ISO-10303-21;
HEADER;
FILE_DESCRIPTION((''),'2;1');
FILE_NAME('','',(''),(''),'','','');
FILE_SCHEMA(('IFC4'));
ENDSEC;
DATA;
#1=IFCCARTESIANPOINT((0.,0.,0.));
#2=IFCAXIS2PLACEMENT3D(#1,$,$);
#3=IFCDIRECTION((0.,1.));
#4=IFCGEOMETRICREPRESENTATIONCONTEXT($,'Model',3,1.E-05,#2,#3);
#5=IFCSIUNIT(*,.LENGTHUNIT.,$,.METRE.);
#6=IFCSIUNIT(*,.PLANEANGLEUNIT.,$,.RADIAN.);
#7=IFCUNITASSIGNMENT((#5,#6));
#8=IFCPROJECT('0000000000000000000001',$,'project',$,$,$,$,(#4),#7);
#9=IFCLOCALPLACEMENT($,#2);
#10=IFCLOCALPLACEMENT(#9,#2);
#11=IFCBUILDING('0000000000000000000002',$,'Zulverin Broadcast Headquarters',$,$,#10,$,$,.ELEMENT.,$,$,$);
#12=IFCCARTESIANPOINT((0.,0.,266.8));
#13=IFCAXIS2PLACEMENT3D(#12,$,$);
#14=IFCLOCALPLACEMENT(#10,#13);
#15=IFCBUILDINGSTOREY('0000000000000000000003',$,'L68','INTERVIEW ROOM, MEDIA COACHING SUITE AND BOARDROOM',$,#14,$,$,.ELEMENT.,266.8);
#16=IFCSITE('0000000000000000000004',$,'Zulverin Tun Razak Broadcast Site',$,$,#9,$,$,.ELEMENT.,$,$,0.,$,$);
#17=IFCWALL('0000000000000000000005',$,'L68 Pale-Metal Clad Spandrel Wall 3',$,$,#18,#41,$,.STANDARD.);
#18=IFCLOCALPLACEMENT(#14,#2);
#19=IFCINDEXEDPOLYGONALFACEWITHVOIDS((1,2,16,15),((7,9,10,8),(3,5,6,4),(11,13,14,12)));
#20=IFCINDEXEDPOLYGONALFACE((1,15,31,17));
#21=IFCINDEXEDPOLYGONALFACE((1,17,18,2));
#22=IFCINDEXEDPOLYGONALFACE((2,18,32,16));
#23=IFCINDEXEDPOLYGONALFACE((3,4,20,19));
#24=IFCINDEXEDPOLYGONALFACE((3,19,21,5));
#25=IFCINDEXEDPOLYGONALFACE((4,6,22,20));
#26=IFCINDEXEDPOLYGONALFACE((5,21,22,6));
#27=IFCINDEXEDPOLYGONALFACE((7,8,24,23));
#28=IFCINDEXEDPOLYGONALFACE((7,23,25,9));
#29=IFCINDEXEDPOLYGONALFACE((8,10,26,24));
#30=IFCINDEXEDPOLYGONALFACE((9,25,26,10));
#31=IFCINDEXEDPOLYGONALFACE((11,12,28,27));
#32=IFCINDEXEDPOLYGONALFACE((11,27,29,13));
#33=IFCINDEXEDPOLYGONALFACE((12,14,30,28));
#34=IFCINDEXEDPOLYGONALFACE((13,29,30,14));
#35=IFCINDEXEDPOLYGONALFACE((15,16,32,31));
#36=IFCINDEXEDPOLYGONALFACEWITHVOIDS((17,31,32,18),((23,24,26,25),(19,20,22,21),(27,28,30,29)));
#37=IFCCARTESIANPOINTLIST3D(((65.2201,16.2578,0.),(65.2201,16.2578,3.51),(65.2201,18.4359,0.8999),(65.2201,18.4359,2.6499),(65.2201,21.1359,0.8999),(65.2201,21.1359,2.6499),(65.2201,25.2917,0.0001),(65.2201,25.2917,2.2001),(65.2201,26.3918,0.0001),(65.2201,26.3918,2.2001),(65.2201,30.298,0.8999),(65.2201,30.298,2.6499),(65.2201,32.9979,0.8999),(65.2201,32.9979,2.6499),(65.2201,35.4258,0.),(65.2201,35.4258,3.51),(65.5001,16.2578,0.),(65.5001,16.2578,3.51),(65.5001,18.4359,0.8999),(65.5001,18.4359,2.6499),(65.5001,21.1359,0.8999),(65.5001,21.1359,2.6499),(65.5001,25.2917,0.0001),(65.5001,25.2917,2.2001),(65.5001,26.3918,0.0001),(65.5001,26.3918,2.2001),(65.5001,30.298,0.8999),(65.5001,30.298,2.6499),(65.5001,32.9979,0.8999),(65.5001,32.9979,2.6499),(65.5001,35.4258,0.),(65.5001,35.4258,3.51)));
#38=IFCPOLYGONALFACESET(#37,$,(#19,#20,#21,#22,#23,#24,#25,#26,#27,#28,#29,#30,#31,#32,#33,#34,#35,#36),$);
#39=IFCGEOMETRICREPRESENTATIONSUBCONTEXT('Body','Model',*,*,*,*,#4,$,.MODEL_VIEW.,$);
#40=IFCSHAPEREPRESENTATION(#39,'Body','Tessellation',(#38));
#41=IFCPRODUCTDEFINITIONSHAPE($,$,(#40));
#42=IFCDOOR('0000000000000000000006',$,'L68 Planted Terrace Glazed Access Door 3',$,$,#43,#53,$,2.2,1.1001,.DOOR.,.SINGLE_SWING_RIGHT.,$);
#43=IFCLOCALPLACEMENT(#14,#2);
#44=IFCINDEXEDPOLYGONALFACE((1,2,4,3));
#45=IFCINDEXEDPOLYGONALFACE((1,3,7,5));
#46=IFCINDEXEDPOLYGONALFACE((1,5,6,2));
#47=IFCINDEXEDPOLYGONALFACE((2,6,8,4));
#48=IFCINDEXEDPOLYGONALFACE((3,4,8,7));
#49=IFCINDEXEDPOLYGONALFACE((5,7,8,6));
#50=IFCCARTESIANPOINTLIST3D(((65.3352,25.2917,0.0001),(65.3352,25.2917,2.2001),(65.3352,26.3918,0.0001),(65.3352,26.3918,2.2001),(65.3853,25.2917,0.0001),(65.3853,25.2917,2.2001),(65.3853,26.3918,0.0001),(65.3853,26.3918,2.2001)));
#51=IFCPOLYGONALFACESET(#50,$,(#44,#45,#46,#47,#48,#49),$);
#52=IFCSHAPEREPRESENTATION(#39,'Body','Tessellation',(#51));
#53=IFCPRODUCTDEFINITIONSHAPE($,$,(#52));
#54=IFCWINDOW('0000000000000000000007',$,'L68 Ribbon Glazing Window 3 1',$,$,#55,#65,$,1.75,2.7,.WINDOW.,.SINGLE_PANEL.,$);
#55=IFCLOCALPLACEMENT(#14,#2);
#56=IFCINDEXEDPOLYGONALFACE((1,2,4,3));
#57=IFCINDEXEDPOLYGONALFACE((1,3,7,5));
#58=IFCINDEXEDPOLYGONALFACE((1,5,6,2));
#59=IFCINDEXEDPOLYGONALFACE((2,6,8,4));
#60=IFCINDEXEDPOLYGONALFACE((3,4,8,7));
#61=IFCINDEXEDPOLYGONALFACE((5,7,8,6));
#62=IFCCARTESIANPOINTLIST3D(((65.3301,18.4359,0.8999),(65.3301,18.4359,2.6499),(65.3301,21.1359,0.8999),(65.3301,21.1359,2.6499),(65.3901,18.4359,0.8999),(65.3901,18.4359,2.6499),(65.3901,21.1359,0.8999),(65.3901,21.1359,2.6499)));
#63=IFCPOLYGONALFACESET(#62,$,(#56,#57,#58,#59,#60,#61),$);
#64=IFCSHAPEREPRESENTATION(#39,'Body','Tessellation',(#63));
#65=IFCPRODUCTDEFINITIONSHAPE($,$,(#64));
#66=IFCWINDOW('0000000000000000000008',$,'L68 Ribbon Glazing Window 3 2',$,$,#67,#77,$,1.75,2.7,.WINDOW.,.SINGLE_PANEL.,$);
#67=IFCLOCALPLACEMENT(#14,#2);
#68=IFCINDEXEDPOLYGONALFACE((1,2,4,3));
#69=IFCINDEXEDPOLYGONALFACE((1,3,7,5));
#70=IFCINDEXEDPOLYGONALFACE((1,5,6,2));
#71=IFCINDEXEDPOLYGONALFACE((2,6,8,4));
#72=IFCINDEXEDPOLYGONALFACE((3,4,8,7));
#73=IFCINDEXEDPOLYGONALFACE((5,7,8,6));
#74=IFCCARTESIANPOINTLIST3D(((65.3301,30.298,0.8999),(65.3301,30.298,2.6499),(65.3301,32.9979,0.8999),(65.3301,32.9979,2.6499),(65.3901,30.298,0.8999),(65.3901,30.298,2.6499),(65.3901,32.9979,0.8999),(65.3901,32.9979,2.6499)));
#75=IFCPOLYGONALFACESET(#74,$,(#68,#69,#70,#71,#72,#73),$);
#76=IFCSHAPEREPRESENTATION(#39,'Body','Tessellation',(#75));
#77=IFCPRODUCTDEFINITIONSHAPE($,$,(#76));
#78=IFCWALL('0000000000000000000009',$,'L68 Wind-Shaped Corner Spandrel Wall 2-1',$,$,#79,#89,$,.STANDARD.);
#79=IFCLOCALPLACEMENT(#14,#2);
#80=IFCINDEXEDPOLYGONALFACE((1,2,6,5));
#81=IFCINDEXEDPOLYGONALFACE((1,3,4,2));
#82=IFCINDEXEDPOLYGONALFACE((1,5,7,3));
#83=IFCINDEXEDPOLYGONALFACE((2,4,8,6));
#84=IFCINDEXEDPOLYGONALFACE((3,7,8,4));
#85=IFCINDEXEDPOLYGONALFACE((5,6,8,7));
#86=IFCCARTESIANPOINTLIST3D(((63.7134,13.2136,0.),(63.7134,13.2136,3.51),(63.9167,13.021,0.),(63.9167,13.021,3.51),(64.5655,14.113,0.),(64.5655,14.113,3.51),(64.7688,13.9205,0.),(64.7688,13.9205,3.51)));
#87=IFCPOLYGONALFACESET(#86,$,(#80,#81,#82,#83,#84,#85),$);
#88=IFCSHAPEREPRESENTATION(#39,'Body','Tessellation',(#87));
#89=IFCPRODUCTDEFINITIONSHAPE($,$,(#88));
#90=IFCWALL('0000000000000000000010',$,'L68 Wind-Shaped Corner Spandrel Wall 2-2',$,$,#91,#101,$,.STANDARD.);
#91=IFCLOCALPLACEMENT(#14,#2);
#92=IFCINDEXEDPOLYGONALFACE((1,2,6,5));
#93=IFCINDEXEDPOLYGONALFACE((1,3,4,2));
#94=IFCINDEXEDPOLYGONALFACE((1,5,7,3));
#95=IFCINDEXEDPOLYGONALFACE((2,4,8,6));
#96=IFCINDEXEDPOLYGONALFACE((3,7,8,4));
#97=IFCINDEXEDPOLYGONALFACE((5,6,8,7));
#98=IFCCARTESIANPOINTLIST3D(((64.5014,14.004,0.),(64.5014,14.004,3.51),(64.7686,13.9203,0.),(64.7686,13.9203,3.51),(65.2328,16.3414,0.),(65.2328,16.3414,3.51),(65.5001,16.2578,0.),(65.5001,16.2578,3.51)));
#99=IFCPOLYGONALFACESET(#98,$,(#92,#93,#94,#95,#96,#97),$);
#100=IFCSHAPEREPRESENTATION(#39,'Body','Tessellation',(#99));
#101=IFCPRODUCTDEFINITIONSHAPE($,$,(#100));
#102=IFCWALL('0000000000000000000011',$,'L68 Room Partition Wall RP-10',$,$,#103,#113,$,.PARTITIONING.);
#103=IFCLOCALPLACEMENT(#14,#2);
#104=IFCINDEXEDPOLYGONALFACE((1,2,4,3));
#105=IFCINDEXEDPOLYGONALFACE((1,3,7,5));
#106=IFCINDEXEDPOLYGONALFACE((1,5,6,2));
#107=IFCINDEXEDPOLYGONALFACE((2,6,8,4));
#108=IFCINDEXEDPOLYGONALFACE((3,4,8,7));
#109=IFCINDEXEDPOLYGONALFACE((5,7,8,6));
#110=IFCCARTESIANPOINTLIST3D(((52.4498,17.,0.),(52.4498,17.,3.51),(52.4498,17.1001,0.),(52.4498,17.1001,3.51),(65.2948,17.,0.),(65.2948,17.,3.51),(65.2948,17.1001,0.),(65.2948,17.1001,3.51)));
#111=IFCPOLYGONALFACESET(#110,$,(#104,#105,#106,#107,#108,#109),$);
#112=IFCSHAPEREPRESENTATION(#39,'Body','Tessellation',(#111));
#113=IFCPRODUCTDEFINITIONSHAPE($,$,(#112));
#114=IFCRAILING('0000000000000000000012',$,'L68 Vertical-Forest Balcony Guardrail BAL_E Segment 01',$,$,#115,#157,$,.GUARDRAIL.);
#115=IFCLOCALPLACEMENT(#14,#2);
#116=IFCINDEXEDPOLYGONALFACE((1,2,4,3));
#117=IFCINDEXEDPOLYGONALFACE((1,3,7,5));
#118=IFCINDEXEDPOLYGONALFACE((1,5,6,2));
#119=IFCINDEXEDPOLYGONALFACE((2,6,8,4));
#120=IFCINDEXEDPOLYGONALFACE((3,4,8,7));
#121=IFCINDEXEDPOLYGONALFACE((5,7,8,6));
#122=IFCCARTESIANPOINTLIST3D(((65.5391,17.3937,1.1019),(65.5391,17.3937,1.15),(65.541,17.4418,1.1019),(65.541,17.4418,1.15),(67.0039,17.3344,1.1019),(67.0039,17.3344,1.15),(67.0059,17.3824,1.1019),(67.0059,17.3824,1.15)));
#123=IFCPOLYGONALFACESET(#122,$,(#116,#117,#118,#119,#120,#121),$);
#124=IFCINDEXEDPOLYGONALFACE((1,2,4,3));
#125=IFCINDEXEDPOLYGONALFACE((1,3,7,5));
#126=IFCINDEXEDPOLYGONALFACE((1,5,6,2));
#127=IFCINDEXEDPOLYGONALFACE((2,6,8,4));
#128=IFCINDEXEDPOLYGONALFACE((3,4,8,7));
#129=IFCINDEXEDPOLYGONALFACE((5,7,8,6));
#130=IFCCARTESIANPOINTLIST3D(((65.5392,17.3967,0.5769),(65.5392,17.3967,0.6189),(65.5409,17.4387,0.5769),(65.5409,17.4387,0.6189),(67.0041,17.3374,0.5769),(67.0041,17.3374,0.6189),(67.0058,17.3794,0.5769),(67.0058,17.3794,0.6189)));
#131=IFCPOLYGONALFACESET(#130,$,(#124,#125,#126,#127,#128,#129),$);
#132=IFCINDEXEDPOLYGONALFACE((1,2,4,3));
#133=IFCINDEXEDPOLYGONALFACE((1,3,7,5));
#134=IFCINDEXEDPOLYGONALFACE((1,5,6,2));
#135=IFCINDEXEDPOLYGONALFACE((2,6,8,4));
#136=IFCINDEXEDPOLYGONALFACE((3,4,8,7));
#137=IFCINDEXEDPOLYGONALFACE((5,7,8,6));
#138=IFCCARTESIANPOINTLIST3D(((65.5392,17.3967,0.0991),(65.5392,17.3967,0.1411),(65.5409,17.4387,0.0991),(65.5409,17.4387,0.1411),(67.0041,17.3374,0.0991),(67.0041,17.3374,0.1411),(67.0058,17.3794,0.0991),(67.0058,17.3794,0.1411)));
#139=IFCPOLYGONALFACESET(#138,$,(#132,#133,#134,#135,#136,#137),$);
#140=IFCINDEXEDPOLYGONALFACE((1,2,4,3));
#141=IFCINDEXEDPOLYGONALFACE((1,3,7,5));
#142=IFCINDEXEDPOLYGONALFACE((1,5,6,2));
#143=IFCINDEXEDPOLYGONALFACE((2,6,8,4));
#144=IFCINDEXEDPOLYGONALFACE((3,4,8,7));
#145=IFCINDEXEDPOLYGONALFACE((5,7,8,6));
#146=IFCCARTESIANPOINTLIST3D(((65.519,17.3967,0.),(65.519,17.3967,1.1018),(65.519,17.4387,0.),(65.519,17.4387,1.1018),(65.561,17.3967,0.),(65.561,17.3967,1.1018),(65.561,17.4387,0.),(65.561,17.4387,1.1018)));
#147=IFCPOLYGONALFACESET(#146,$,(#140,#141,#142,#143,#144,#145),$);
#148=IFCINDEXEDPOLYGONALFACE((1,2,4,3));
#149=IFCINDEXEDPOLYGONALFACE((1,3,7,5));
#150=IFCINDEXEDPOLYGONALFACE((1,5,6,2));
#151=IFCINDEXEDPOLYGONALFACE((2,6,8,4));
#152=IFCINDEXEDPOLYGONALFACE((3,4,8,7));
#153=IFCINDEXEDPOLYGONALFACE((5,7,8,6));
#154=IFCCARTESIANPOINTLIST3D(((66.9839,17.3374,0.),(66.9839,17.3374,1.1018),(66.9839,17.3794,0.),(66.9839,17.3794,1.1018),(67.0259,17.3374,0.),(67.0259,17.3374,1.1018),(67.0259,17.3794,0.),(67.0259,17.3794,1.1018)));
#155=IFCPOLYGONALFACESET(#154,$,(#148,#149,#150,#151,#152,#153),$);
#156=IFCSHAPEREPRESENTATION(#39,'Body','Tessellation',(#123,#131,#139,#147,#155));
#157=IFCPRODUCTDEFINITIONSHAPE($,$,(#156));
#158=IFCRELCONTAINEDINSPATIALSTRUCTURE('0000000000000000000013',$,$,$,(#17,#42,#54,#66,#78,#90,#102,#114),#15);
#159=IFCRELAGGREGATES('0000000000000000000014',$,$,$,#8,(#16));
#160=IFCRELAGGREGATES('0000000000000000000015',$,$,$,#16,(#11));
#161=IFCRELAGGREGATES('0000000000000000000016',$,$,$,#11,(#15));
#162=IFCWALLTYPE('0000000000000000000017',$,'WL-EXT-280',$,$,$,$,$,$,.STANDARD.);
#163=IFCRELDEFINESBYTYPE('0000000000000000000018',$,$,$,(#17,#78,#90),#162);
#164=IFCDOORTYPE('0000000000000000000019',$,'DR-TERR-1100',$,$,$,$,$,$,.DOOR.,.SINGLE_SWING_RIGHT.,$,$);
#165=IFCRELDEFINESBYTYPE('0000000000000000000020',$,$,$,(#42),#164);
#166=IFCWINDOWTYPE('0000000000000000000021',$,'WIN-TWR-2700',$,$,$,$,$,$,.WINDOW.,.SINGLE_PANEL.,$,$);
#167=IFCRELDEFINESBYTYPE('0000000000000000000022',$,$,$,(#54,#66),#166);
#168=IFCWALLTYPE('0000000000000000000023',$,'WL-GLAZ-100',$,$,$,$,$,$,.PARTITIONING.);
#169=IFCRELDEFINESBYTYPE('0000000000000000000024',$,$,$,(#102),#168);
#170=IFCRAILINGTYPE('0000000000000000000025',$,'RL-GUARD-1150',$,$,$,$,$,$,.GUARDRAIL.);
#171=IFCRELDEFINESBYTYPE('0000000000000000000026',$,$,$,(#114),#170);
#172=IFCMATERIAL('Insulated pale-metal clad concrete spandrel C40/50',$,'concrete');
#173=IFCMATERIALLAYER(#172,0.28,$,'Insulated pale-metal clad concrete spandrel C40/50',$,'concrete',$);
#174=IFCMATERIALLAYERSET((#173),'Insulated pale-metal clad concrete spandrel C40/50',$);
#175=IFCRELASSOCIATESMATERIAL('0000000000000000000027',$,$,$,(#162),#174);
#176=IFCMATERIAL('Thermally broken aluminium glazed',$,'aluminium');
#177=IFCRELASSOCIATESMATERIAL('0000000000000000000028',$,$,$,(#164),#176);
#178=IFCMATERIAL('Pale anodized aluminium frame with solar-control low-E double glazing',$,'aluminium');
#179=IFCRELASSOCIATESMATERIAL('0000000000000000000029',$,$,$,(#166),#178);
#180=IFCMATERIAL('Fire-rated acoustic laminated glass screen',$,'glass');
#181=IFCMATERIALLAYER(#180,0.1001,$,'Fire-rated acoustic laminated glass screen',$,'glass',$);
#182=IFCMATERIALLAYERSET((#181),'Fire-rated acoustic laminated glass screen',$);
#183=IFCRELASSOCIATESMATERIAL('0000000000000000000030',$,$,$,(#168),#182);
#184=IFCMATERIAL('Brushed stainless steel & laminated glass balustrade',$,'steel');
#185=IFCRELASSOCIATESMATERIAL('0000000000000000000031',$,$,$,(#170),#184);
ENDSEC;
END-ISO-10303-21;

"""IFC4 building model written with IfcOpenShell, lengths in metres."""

from ifc_helpers import new_model, si_unit, direction, frame, frame_2d, origin, origin_2d, place, context, subcontext, project, spatial, rectangle, extrude, material, layer, layer_set, type_object, element, fill, save


model = new_model("IFC4")

# Units and contexts
model_context = context("Model", 3, precision=1e-05, world=origin(), true_north=direction((0.0, 1.0)))
body_context = subcontext(model_context, "Body", "Model", "MODEL_VIEW")
ifc_project = project(units=[si_unit("LENGTHUNIT", "METRE"), si_unit("PLANEANGLEUNIT", "RADIAN")], contexts=[model_context])

# Site, building, storey
site_placement = place(None, origin())
site = spatial("IfcSite", under=ifc_project, at=site_placement, Name="Zulverin Tun Razak Broadcast Site", CompositionType="ELEMENT", RefElevation=0.0)
building_placement = place(site_placement, origin())
building = spatial("IfcBuilding", under=site, at=building_placement, Name="Zulverin Broadcast Headquarters", CompositionType="ELEMENT")
storey_placement = place(building_placement, frame((0.0, 0.0, 266.8)))
storey = spatial("IfcBuildingStorey", under=building, at=storey_placement, Name="L68", Description="INTERVIEW ROOM, MEDIA COACHING SUITE AND BOARDROOM", CompositionType="ELEMENT", Elevation=266.8)

# Wall, openings, door, windows
ifc_material_1 = material(Name="Insulated pale-metal clad concrete spandrel C40/50", Category="concrete")
ifc_layer_1 = layer(ifc_material_1, 0.28, Name="Insulated pale-metal clad concrete spandrel C40/50", Category="concrete")
ifc_layer_set_1 = layer_set([ifc_layer_1], Name="Insulated pale-metal clad concrete spandrel C40/50")
wall_type_1 = type_object("IfcWallType", Name="WL-EXT-280", PredefinedType="STANDARD", material=ifc_layer_set_1)
wall_1_placement = place(storey_placement, frame((65.3601, 16.2578, 0.0), z_axis=(0.0, 0.0, 1.0), x_axis=(0.0, 1.0, 0.0)))
wall_1 = element("IfcWall", 1, at=wall_1_placement, inside=storey, type_object=wall_type_1, Name="L68 Pale-Metal Clad Spandrel Wall 3", PredefinedType="STANDARD", context=body_context, shape_type="SweptSolid", body=[
    extrude(rectangle(XDim=19.168, YDim=0.28, at=frame_2d((9.584, 0.0))), origin(), (0.0, 0.0, 1.0), 3.51),
])
opening_1_placement = place(wall_1_placement, frame((9.0339, 0.0, 0.0)))
opening_1 = element("IfcOpeningElement", 2, at=opening_1_placement, cuts=wall_1, PredefinedType="OPENING", context=body_context, shape_type="SweptSolid", body=[
    extrude(rectangle(XDim=1.1001, YDim=2.2, at=frame_2d((0.55, 1.1001))), frame((0.0, 0.1499, 0.0), z_axis=(0.0, -1.0, 0.0), x_axis=(1.0, 0.0, 0.0)), (0.0, 0.0, 1.0), 0.3),
])
opening_2_placement = place(wall_1_placement, frame((2.178, 0.0, 0.8999)))
opening_2 = element("IfcOpeningElement", 3, at=opening_2_placement, cuts=wall_1, PredefinedType="OPENING", context=body_context, shape_type="SweptSolid", body=[
    extrude(rectangle(XDim=2.7, YDim=1.75, at=frame_2d((1.3501, 0.875))), frame((0.0, 0.1499, 0.0), z_axis=(0.0, -1.0, 0.0), x_axis=(1.0, 0.0, 0.0)), (0.0, 0.0, 1.0), 0.3),
])
opening_3_placement = place(wall_1_placement, frame((14.04, 0.0, 0.8999)))
opening_3 = element("IfcOpeningElement", 4, at=opening_3_placement, cuts=wall_1, PredefinedType="OPENING", context=body_context, shape_type="SweptSolid", body=[
    extrude(rectangle(XDim=2.7, YDim=1.75, at=frame_2d((1.3501, 0.875))), frame((0.0, 0.1499, 0.0), z_axis=(0.0, -1.0, 0.0), x_axis=(1.0, 0.0, 0.0)), (0.0, 0.0, 1.0), 0.3),
])
ifc_material_2 = material(Name="Thermally broken aluminium glazed", Category="aluminium")
door_type = type_object("IfcDoorType", Name="DR-TERR-1100", OperationType="SINGLE_SWING_RIGHT", PredefinedType="DOOR", material=ifc_material_2)
door_placement = place(opening_1_placement, origin())
door = element("IfcDoor", 5, at=door_placement, inside=storey, type_object=door_type, Name="L68 Planted Terrace Glazed Access Door 3", OperationType="SINGLE_SWING_RIGHT", OverallHeight=2.2, OverallWidth=1.1001, PredefinedType="DOOR", context=body_context, shape_type="SweptSolid", body=[
    extrude(rectangle(XDim=1.1001, YDim=2.2, at=frame_2d((0.55, 1.1001))), frame((0.0, 0.0249, 0.0), z_axis=(0.0, -1.0, 0.0), x_axis=(1.0, 0.0, 0.0)), (0.0, 0.0, 1.0), 0.05),
])
fill(opening_1, door)
ifc_material_3 = material(Name="Pale anodized aluminium frame with solar-control low-E double glazing", Category="aluminium")
window_type = type_object("IfcWindowType", Name="WIN-TWR-2700", PartitioningType="SINGLE_PANEL", PredefinedType="WINDOW", material=ifc_material_3)
window_1_placement = place(opening_2_placement, origin())
window_1 = element("IfcWindow", 6, at=window_1_placement, inside=storey, type_object=window_type, Name="L68 Ribbon Glazing Window 3 1", OverallHeight=1.75, OverallWidth=2.7, PartitioningType="SINGLE_PANEL", PredefinedType="WINDOW", context=body_context, shape_type="SweptSolid", body=[
    extrude(rectangle(XDim=2.7, YDim=1.75, at=frame_2d((1.3501, 0.875))), frame((0.0, 0.03, 0.0), z_axis=(0.0, -1.0, 0.0), x_axis=(1.0, 0.0, 0.0)), (0.0, 0.0, 1.0), 0.0601),
])
fill(opening_2, window_1)
window_2_placement = place(opening_3_placement, origin())
window_2 = element("IfcWindow", 7, at=window_2_placement, inside=storey, type_object=window_type, Name="L68 Ribbon Glazing Window 3 2", OverallHeight=1.75, OverallWidth=2.7, PartitioningType="SINGLE_PANEL", PredefinedType="WINDOW", context=body_context, shape_type="SweptSolid", body=[
    extrude(rectangle(XDim=2.7, YDim=1.75, at=frame_2d((1.3501, 0.875))), frame((0.0, 0.03, 0.0), z_axis=(0.0, -1.0, 0.0), x_axis=(1.0, 0.0, 0.0)), (0.0, 0.0, 1.0), 0.0601),
])
fill(opening_3, window_2)

# Walls
wall_2_placement = place(storey_placement, frame((63.8149, 13.1172, 0.0), z_axis=(0.0, 0.0, 1.0), x_axis=(0.687734, 0.725963, 0.0)))
element("IfcWall", 8, at=wall_2_placement, inside=storey, type_object=wall_type_1, Name="L68 Wind-Shaped Corner Spandrel Wall 2-1", PredefinedType="STANDARD", context=body_context, shape_type="SweptSolid", body=[
    extrude(rectangle(XDim=1.239, YDim=0.28, at=frame_2d((0.6196, 0.0))), origin(), (0.0, 0.0, 1.0), 3.51),
])
wall_3_placement = place(storey_placement, frame((64.635, 13.9622, 0.0), z_axis=(0.0, 0.0, 1.0), x_axis=(0.29865, 0.954363, 0.0)))
element("IfcWall", 9, at=wall_3_placement, inside=storey, type_object=wall_type_1, Name="L68 Wind-Shaped Corner Spandrel Wall 2-2", PredefinedType="STANDARD", context=body_context, shape_type="SweptSolid", body=[
    extrude(rectangle(XDim=2.4492, YDim=0.28, at=frame_2d((1.2246, 0.0))), origin(), (0.0, 0.0, 1.0), 3.51),
])
ifc_material_4 = material(Name="Fire-rated acoustic laminated glass screen", Category="glass")
ifc_layer_2 = layer(ifc_material_4, 0.1001, Name="Fire-rated acoustic laminated glass screen", Category="glass")
ifc_layer_set_2 = layer_set([ifc_layer_2], Name="Fire-rated acoustic laminated glass screen")
wall_type_2 = type_object("IfcWallType", Name="WL-GLAZ-100", PredefinedType="PARTITIONING", material=ifc_layer_set_2)
wall_4_placement = place(storey_placement, frame((52.45, 17.05, 0.0), z_axis=(0.0, 0.0, 1.0), x_axis=(1.0, 0.0, 0.0)))
element("IfcWall", 10, at=wall_4_placement, inside=storey, type_object=wall_type_2, Name="L68 Room Partition Wall RP-10", PredefinedType="PARTITIONING", context=body_context, shape_type="SweptSolid", body=[
    extrude(rectangle(XDim=12.845, YDim=0.1001, at=frame_2d((6.4224, 0.0))), origin(), (0.0, 0.0, 1.0), 3.51),
])

# Railing
ifc_material_5 = material(Name="Brushed stainless steel & laminated glass balustrade", Category="steel")
railing_type = type_object("IfcRailingType", Name="RL-GUARD-1150", PredefinedType="GUARDRAIL", material=ifc_material_5)
railing_1_placement = place(storey_placement, frame((65.54, 17.4177, 0.0)))
element("IfcRailing", 11, at=railing_1_placement, inside=storey, type_object=railing_type, Name="L68 Vertical-Forest Balcony Guardrail BAL_E Segment 01", PredefinedType="GUARDRAIL", context=body_context, shape_type="SweptSolid", body=[
    extrude(rectangle(XDim=0.0481, YDim=0.0481, at=origin_2d()), frame((0.0, 0.0, 1.126), z_axis=(0.999181, -0.040467, 0.0), x_axis=(0.040467, 0.999181, 0.0)), (0.0, 0.0, 1.0), 1.4661),
    extrude(rectangle(XDim=0.042, YDim=0.042, at=origin_2d()), frame((0.0, 0.0, 0.5979), z_axis=(0.999181, -0.040467, 0.0), x_axis=(0.040467, 0.999181, 0.0)), (0.0, 0.0, 1.0), 1.4661),
    extrude(rectangle(XDim=0.042, YDim=0.042, at=origin_2d()), frame((0.0, 0.0, 0.1201), z_axis=(0.999181, -0.040467, 0.0), x_axis=(0.040467, 0.999181, 0.0)), (0.0, 0.0, 1.0), 1.4661),
    extrude(rectangle(XDim=0.042, YDim=0.042, at=origin_2d()), origin(), (0.0, 0.0, 1.0), 1.1018),
    extrude(rectangle(XDim=0.042, YDim=0.042, at=origin_2d()), frame((1.4648, -0.0593, 0.0)), (0.0, 0.0, 1.0), 1.1018),
])

save(model, "model.ifc")
